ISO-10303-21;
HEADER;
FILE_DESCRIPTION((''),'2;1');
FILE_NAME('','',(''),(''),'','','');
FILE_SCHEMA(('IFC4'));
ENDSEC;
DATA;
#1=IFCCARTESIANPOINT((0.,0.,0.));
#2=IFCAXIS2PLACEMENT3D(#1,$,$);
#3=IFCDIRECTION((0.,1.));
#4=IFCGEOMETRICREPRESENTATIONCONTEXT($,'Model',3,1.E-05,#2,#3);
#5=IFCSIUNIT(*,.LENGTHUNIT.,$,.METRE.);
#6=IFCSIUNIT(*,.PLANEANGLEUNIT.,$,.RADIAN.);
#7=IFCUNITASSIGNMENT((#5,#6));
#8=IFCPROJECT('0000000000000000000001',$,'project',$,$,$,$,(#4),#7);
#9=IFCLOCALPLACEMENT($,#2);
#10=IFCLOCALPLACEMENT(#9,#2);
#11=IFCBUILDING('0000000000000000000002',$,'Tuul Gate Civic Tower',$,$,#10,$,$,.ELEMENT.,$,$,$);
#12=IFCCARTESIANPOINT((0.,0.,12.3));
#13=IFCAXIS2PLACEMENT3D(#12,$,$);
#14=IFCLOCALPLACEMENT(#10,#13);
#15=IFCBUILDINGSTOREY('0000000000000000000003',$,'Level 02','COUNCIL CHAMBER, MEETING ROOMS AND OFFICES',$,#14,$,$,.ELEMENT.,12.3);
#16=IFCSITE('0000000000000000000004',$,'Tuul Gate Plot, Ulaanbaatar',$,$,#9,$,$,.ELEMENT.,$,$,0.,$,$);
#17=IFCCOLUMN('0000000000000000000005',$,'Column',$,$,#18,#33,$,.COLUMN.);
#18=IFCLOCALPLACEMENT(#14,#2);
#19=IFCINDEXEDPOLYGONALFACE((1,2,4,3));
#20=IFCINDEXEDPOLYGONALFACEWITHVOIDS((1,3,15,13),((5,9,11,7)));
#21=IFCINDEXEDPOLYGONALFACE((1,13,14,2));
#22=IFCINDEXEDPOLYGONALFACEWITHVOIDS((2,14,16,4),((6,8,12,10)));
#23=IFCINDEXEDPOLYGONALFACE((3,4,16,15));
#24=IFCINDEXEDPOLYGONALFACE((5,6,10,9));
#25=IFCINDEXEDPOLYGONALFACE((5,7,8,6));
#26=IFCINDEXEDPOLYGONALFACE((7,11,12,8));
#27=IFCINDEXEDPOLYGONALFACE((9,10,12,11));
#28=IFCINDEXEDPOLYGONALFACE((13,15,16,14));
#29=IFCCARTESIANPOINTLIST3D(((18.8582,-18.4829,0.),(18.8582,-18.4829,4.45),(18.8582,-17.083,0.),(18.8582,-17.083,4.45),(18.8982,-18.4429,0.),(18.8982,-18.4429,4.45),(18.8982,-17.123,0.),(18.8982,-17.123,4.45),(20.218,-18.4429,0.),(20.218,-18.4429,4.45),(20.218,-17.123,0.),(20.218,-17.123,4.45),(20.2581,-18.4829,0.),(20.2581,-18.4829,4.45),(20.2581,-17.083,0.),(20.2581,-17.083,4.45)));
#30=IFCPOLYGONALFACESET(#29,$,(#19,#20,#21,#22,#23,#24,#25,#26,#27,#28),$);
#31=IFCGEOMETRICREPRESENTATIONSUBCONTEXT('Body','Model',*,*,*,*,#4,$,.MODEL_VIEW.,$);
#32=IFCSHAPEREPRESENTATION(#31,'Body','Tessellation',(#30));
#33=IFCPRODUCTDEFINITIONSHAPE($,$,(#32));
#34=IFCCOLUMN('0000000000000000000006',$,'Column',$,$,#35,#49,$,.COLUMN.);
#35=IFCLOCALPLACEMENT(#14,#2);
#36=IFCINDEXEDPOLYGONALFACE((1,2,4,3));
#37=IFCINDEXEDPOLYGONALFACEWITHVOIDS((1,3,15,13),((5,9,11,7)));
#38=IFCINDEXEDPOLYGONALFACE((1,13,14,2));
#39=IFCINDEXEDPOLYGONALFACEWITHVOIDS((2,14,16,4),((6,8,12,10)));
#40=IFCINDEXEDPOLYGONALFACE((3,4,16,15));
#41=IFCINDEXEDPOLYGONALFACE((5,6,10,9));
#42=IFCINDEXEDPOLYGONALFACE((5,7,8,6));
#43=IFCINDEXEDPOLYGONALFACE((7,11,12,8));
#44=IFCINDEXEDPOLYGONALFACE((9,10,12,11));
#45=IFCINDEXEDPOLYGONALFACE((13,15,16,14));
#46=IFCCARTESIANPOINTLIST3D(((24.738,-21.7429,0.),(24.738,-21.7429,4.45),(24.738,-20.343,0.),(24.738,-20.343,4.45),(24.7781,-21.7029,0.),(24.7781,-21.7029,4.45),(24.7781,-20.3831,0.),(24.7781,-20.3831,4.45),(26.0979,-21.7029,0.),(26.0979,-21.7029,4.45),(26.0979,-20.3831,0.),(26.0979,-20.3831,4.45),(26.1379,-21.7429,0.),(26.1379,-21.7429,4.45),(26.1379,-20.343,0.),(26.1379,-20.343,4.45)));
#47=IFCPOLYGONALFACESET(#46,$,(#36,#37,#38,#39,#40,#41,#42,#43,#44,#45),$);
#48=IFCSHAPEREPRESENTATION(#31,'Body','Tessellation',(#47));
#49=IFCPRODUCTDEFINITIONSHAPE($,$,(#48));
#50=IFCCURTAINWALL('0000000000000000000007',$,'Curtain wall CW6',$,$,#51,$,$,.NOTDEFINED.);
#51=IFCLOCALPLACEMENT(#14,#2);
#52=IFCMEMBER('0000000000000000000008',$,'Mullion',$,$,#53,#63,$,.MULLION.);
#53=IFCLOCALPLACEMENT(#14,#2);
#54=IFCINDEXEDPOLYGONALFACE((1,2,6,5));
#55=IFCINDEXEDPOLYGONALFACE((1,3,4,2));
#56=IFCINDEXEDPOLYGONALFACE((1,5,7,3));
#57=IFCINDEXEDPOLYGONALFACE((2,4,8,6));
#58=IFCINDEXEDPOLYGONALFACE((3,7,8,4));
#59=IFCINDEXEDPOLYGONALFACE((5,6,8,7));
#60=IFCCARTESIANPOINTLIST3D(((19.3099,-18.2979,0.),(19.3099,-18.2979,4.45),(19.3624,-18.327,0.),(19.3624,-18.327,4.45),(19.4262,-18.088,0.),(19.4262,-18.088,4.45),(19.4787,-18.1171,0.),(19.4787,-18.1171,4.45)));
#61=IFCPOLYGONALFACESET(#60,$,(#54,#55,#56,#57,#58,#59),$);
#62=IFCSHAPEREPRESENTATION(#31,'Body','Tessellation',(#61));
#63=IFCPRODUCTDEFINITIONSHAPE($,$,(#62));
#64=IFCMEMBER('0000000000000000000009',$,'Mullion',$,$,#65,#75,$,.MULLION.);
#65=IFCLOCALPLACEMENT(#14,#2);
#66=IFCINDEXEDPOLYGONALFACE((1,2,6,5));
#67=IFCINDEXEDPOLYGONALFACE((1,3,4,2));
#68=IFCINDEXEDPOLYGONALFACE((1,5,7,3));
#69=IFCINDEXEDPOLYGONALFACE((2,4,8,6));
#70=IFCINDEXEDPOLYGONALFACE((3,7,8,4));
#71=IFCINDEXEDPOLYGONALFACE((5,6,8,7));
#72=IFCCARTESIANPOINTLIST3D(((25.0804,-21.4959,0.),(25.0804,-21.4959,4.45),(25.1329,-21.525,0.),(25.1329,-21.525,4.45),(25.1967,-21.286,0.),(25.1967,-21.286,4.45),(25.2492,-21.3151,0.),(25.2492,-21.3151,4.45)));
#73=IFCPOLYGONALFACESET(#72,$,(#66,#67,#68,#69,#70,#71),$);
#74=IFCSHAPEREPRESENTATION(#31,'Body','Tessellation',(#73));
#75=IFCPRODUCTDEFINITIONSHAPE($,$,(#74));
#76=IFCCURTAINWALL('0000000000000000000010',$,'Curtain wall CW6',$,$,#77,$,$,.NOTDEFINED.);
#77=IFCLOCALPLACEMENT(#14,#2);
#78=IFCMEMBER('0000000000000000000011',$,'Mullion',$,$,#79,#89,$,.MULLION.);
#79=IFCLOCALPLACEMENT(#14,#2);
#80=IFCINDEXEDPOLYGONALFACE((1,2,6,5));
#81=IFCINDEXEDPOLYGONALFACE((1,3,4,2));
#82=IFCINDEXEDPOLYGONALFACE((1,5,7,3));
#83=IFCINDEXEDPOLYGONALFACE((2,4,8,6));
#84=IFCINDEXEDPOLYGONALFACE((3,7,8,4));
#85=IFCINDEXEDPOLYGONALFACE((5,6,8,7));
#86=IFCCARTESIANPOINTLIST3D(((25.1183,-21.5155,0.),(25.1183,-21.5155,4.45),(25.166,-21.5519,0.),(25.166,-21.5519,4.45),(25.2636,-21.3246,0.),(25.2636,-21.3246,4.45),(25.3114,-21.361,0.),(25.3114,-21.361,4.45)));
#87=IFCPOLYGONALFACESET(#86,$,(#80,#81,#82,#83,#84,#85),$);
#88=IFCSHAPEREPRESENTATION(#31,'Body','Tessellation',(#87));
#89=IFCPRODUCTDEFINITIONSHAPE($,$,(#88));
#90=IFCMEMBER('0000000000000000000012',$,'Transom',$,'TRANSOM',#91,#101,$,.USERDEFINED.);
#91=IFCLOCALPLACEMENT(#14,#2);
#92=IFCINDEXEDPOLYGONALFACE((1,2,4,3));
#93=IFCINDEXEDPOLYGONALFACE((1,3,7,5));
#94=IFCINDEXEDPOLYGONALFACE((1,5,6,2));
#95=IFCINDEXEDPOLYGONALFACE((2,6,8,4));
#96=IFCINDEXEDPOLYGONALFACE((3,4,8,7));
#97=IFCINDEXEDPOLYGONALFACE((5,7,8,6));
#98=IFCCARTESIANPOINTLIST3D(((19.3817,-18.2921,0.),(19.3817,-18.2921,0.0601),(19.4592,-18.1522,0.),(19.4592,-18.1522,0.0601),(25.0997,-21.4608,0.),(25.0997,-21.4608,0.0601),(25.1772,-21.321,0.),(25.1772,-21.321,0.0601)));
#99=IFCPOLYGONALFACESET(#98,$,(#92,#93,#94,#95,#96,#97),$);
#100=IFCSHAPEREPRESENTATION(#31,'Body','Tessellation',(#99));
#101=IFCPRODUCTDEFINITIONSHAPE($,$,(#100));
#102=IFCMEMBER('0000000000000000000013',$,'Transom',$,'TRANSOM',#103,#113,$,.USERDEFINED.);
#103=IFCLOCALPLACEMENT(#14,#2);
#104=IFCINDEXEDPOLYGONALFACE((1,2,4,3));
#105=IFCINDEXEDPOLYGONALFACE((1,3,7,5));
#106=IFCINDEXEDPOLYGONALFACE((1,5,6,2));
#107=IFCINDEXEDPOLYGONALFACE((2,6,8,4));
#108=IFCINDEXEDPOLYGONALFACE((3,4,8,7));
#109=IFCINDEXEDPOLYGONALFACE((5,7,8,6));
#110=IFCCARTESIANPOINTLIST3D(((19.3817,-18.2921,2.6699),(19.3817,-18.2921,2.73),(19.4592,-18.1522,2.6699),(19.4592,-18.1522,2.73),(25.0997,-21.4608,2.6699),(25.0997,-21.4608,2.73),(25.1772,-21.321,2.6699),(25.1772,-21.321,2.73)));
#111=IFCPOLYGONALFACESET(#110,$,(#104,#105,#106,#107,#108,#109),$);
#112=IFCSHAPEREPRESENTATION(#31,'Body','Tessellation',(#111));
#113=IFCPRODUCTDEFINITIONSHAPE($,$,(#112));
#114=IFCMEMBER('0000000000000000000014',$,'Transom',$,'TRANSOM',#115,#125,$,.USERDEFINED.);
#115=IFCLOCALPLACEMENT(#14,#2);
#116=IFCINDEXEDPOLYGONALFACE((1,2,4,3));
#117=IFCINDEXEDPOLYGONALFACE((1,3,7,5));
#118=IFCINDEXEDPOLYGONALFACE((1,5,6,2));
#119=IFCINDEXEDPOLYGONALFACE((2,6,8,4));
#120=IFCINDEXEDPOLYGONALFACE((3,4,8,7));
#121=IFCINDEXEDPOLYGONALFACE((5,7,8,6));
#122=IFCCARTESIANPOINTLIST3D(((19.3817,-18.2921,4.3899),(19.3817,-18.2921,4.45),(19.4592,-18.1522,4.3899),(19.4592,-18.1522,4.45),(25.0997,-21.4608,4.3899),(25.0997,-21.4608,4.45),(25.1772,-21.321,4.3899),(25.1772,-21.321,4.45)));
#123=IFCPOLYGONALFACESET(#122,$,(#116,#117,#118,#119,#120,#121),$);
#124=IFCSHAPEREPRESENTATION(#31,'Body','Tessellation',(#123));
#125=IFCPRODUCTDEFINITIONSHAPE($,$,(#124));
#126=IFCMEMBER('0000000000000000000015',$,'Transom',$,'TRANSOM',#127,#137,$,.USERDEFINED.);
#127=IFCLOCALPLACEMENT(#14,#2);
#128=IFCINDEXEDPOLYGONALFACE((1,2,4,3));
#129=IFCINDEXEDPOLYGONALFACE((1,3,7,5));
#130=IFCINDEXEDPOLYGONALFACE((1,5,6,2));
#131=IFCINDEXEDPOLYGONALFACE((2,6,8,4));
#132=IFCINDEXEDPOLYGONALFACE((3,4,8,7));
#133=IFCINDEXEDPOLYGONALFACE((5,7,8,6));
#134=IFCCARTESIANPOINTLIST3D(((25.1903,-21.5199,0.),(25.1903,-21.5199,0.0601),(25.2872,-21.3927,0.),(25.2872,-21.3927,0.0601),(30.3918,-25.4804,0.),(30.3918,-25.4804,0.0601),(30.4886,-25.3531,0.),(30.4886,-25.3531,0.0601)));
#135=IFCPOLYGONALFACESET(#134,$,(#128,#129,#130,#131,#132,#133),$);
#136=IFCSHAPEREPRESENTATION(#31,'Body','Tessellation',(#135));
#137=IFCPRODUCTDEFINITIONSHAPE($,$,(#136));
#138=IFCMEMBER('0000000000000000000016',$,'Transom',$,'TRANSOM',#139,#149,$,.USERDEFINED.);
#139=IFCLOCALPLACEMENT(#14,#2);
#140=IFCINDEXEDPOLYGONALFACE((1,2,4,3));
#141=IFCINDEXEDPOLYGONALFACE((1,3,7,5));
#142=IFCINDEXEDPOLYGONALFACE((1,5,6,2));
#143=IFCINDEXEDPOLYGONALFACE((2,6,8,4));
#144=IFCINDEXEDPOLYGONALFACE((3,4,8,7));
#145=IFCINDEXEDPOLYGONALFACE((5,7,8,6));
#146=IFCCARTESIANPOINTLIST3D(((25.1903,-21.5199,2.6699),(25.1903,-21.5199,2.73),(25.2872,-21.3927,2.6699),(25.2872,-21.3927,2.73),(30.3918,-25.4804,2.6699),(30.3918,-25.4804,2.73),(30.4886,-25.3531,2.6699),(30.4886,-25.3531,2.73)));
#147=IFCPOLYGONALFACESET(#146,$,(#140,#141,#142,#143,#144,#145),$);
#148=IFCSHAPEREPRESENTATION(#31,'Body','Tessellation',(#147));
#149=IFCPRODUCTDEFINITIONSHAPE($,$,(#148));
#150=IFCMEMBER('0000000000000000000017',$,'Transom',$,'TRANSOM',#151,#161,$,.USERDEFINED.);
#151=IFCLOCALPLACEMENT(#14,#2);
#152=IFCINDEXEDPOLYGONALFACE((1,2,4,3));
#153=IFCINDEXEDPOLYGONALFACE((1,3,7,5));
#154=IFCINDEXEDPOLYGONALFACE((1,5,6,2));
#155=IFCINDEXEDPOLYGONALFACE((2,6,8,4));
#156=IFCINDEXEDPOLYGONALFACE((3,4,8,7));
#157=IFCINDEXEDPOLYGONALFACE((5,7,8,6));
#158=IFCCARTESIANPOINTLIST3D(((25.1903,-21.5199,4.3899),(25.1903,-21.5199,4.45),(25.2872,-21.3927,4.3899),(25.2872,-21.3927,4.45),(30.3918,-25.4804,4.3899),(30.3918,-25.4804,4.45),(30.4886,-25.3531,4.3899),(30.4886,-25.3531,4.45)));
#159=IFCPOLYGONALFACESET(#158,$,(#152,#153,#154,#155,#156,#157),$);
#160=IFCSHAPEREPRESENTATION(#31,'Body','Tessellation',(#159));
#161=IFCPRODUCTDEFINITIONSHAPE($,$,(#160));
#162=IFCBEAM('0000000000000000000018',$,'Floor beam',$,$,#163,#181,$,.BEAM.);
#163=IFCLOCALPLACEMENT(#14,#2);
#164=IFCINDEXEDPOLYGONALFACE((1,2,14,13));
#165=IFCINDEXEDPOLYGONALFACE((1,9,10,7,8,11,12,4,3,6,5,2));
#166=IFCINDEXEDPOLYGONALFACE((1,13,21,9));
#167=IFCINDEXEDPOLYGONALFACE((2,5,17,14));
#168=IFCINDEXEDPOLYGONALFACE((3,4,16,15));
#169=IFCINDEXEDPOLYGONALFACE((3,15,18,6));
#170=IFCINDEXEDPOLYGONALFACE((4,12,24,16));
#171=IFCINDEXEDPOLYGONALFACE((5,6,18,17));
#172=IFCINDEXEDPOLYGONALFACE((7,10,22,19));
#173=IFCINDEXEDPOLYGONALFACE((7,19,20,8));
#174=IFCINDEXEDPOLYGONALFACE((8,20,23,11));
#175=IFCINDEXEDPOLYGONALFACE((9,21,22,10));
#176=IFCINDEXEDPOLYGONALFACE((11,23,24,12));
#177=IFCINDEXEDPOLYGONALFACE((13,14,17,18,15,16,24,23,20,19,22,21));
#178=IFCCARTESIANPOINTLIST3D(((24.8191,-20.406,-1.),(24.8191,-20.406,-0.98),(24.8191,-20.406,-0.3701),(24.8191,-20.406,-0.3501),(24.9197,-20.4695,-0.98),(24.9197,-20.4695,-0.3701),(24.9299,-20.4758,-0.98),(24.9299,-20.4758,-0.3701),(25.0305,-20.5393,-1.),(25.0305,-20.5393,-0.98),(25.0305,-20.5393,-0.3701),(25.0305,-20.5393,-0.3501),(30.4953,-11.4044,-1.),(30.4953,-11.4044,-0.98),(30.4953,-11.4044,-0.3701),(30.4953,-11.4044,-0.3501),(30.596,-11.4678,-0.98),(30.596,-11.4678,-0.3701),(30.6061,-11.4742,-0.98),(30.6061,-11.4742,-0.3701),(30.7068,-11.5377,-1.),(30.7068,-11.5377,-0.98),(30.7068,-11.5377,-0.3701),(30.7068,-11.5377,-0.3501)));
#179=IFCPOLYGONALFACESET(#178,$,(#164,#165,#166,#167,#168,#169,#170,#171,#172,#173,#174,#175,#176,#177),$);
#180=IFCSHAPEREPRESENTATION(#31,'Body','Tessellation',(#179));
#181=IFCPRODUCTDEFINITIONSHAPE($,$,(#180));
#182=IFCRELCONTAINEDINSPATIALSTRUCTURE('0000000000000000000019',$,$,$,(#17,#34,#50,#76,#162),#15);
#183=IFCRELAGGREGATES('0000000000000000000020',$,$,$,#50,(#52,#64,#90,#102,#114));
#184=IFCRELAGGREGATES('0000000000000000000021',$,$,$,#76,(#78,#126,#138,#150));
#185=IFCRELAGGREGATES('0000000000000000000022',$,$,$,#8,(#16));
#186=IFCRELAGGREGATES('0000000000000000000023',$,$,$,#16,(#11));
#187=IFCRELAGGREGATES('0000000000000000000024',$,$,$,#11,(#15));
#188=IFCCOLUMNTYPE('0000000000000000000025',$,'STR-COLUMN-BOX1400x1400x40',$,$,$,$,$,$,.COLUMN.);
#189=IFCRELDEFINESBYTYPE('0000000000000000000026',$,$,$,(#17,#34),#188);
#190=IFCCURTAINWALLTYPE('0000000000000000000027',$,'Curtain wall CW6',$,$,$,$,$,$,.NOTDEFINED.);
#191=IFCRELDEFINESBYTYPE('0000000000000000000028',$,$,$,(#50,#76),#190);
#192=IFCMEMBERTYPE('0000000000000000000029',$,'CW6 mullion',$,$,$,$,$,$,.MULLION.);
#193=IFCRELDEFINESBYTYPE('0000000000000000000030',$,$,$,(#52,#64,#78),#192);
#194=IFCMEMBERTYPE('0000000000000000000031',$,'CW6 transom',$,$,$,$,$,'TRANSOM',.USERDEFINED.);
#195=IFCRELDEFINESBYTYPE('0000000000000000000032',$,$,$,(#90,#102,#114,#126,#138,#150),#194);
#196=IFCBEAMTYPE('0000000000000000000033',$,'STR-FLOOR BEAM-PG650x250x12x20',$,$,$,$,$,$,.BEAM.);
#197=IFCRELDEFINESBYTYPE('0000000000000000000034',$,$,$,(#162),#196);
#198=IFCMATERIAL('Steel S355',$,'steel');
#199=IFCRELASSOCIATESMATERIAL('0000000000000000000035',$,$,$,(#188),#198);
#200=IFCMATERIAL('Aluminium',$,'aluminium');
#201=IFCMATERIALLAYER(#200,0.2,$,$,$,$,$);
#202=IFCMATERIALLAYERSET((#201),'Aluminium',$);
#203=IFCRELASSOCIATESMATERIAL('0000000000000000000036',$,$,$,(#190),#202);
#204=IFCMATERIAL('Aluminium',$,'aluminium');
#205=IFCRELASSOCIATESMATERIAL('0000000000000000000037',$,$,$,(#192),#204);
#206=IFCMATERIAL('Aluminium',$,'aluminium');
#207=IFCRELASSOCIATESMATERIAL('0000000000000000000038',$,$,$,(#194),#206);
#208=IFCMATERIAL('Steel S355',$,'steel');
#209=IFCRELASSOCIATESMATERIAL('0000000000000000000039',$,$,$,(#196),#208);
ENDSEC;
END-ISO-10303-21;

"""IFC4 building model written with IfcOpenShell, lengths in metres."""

from ifc_helpers import new_model, si_unit, direction, frame, origin, origin_2d, place, context, subcontext, project, spatial, rectangle, hollow_rectangle, i_section, extrude, material, layer, layer_set, material_profile, profile_set, type_object, element, aggregate, save


model = new_model("IFC4")

# Units and contexts
model_context = context("Model", 3, precision=1e-05, world=origin(), true_north=direction((0.0, 1.0)))
body_context = subcontext(model_context, "Body", "Model", "MODEL_VIEW")
ifc_project = project(units=[si_unit("LENGTHUNIT", "METRE"), si_unit("PLANEANGLEUNIT", "RADIAN")], contexts=[model_context])

# Site, building, storey
site_placement = place(None, origin())
site = spatial("IfcSite", under=ifc_project, at=site_placement, Name="Tuul Gate Plot, Ulaanbaatar", CompositionType="ELEMENT", RefElevation=0.0)
building_placement = place(site_placement, origin())
building = spatial("IfcBuilding", under=site, at=building_placement, Name="Tuul Gate Civic Tower", CompositionType="ELEMENT")
storey_placement = place(building_placement, frame((0.0, 0.0, 12.3)))
storey = spatial("IfcBuildingStorey", under=building, at=storey_placement, Name="Level 02", Description="COUNCIL CHAMBER, MEETING ROOMS AND OFFICES", CompositionType="ELEMENT", Elevation=12.3)

# Columns
ifc_material_1 = material(Name="Steel S355", Category="steel")
ifc_material_profile_1 = material_profile(ifc_material_1, hollow_rectangle(XDim=1.3999, YDim=1.3999, WallThickness=0.04, at=origin_2d()), Name="BOX1400x1400x40")
ifc_profile_set_1 = profile_set([ifc_material_profile_1], Name="Steel S355")
column_type = type_object("IfcColumnType", Name="STR-COLUMN-BOX1400x1400x40", PredefinedType="COLUMN", material=ifc_profile_set_1)
for number, where, z_axis, x_axis, name in (
    (1, (19.5581, -17.783, 0.0), (0.0, 0.0, 1.0), (1.0, 0.0, 0.0), "Column"),
    (2, (25.438, -21.043, 0.0), (0.0, 0.0, 1.0), (1.0, 0.0, 0.0), "Column"),
):
    element("IfcColumn", number, at=place(storey_placement, frame(where, z_axis=z_axis, x_axis=x_axis)), inside=storey, type_object=column_type, Name=name, PredefinedType="COLUMN", context=body_context, shape_type="SweptSolid", body=[
        extrude(hollow_rectangle(XDim=1.3999, YDim=1.3999, WallThickness=0.04, at=origin_2d()), origin(), (0.0, 0.0, 1.0), 4.45),
    ])

# Curtain wall, members
ifc_material_2 = material(Name="Aluminium", Category="aluminium")
ifc_layer_1 = layer(ifc_material_2, 0.2)
ifc_layer_set_1 = layer_set([ifc_layer_1], Name="Aluminium")
curtain_wall_type = type_object("IfcCurtainWallType", Name="Curtain wall CW6", PredefinedType="NOTDEFINED", material=ifc_layer_set_1)
curtain_wall_1_placement = place(storey_placement, origin())
curtain_wall_1 = element("IfcCurtainWall", 3, at=curtain_wall_1_placement, inside=storey, type_object=curtain_wall_type, Name="Curtain wall CW6", PredefinedType="NOTDEFINED")
ifc_material_3 = material(Name="Aluminium", Category="aluminium")
ifc_material_profile_2 = material_profile(ifc_material_3, rectangle(XDim=0.24, YDim=0.0601, at=origin_2d()), Name="CW6 mullion")
ifc_profile_set_2 = profile_set([ifc_material_profile_2], Name="Aluminium")
member_type_1 = type_object("IfcMemberType", Name="CW6 mullion", PredefinedType="MULLION", material=ifc_profile_set_2)
member_1_placement = place(storey_placement, frame((19.3943, -18.2075, 0.0), z_axis=(0.0, 0.0, 1.0), x_axis=(0.484724, 0.874667, 0.0)))
member_1 = element("IfcMember", 4, at=member_1_placement, type_object=member_type_1, Name="Mullion", PredefinedType="MULLION", context=body_context, shape_type="SweptSolid", body=[
    extrude(rectangle(XDim=0.24, YDim=0.0601, at=origin_2d()), origin(), (0.0, 0.0, 1.0), 4.45),
])
member_2_placement = place(storey_placement, frame((25.1648, -21.4055, 0.0), z_axis=(0.0, 0.0, 1.0), x_axis=(0.484724, 0.874667, 0.0)))
member_2 = element("IfcMember", 5, at=member_2_placement, type_object=member_type_1, Name="Mullion", PredefinedType="MULLION", context=body_context, shape_type="SweptSolid", body=[
    extrude(rectangle(XDim=0.24, YDim=0.0601, at=origin_2d()), origin(), (0.0, 0.0, 1.0), 4.45),
])

# Curtain wall, member
curtain_wall_2_placement = place(storey_placement, origin())
curtain_wall_2 = element("IfcCurtainWall", 6, at=curtain_wall_2_placement, inside=storey, type_object=curtain_wall_type, Name="Curtain wall CW6", PredefinedType="NOTDEFINED")
member_3_placement = place(storey_placement, frame((25.2148, -21.4382, 0.0), z_axis=(0.0, 0.0, 1.0), x_axis=(0.605776, 0.795635, 0.0)))
member_3 = element("IfcMember", 7, at=member_3_placement, type_object=member_type_1, Name="Mullion", PredefinedType="MULLION", context=body_context, shape_type="SweptSolid", body=[
    extrude(rectangle(XDim=0.24, YDim=0.0601, at=origin_2d()), origin(), (0.0, 0.0, 1.0), 4.45),
])

# Members
ifc_material_4 = material(Name="Aluminium", Category="aluminium")
ifc_material_profile_3 = material_profile(ifc_material_4, rectangle(XDim=0.1599, YDim=0.0601, at=origin_2d()), Name="CW6 transom")
ifc_profile_set_3 = profile_set([ifc_material_profile_3], Name="Aluminium")
member_type_2 = type_object("IfcMemberType", Name="CW6 transom", ElementType="TRANSOM", PredefinedType="USERDEFINED", material=ifc_profile_set_3)
member_4_placement = place(storey_placement, frame((19.4204, -18.2222, 0.03), z_axis=(0.874675, -0.48471, 0.0), x_axis=(0.48471, 0.874675, 0.0)))
member_4 = element("IfcMember", 8, at=member_4_placement, type_object=member_type_2, Name="Transom", ObjectType="TRANSOM", PredefinedType="USERDEFINED", context=body_context, shape_type="SweptSolid", body=[
    extrude(rectangle(XDim=0.1599, YDim=0.0601, at=origin_2d()), origin(), (0.0, 0.0, 1.0), 6.5374),
])
member_5_placement = place(storey_placement, frame((19.4204, -18.2222, 2.7), z_axis=(0.874675, -0.48471, 0.0), x_axis=(0.48471, 0.874675, 0.0)))
member_5 = element("IfcMember", 9, at=member_5_placement, type_object=member_type_2, Name="Transom", ObjectType="TRANSOM", PredefinedType="USERDEFINED", context=body_context, shape_type="SweptSolid", body=[
    extrude(rectangle(XDim=0.1599, YDim=0.0601, at=origin_2d()), origin(), (0.0, 0.0, 1.0), 6.5374),
])
member_6_placement = place(storey_placement, frame((19.4204, -18.2222, 4.4199), z_axis=(0.874675, -0.48471, 0.0), x_axis=(0.48471, 0.874675, 0.0)))
member_6 = element("IfcMember", 10, at=member_6_placement, type_object=member_type_2, Name="Transom", ObjectType="TRANSOM", PredefinedType="USERDEFINED", context=body_context, shape_type="SweptSolid", body=[
    extrude(rectangle(XDim=0.1599, YDim=0.0601, at=origin_2d()), origin(), (0.0, 0.0, 1.0), 6.5374),
])
member_7_placement = place(storey_placement, frame((25.2388, -21.4563, 0.03), z_axis=(0.795619, -0.605798, 0.0), x_axis=(0.605798, 0.795619, 0.0)))
member_7 = element("IfcMember", 11, at=member_7_placement, type_object=member_type_2, Name="Transom", ObjectType="TRANSOM", PredefinedType="USERDEFINED", context=body_context, shape_type="SweptSolid", body=[
    extrude(rectangle(XDim=0.1599, YDim=0.0601, at=origin_2d()), origin(), (0.0, 0.0, 1.0), 6.5376),
])
member_8_placement = place(storey_placement, frame((25.2388, -21.4563, 2.7), z_axis=(0.795619, -0.605798, 0.0), x_axis=(0.605798, 0.795619, 0.0)))
member_8 = element("IfcMember", 12, at=member_8_placement, type_object=member_type_2, Name="Transom", ObjectType="TRANSOM", PredefinedType="USERDEFINED", context=body_context, shape_type="SweptSolid", body=[
    extrude(rectangle(XDim=0.1599, YDim=0.0601, at=origin_2d()), origin(), (0.0, 0.0, 1.0), 6.5376),
])
member_9_placement = place(storey_placement, frame((25.2388, -21.4563, 4.4199), z_axis=(0.795619, -0.605798, 0.0), x_axis=(0.605798, 0.795619, 0.0)))
member_9 = element("IfcMember", 13, at=member_9_placement, type_object=member_type_2, Name="Transom", ObjectType="TRANSOM", PredefinedType="USERDEFINED", context=body_context, shape_type="SweptSolid", body=[
    extrude(rectangle(XDim=0.1599, YDim=0.0601, at=origin_2d()), origin(), (0.0, 0.0, 1.0), 6.5376),
])

# Beam
ifc_material_5 = material(Name="Steel S355", Category="steel")
ifc_material_profile_4 = material_profile(ifc_material_5, i_section(OverallWidth=0.25, OverallDepth=0.6499, WebThickness=0.012, FlangeThickness=0.02, at=origin_2d()), Name="PG650x250x12x20")
ifc_profile_set_4 = profile_set([ifc_material_profile_4], Name="Steel S355")
beam_type_1 = type_object("IfcBeamType", Name="STR-FLOOR BEAM-PG650x250x12x20", PredefinedType="BEAM", material=ifc_profile_set_4)
beam_1_placement = place(storey_placement, frame((24.9248, -20.4727, -0.675), z_axis=(0.533387, 0.845871, 0.0), x_axis=(-0.845871, 0.533387, 0.0)))
element("IfcBeam", 14, at=beam_1_placement, inside=storey, type_object=beam_type_1, Name="Floor beam", PredefinedType="BEAM", context=body_context, shape_type="SweptSolid", body=[
    extrude(i_section(OverallWidth=0.25, OverallDepth=0.6499, WebThickness=0.012, FlangeThickness=0.02, at=origin_2d()), origin(), (0.0, 0.0, 1.0), 10.6418),
])

aggregate(curtain_wall_1, [member_1, member_2, member_4, member_5, member_6])
aggregate(curtain_wall_2, [member_3, member_7, member_8, member_9])

save(model, "model.ifc")
